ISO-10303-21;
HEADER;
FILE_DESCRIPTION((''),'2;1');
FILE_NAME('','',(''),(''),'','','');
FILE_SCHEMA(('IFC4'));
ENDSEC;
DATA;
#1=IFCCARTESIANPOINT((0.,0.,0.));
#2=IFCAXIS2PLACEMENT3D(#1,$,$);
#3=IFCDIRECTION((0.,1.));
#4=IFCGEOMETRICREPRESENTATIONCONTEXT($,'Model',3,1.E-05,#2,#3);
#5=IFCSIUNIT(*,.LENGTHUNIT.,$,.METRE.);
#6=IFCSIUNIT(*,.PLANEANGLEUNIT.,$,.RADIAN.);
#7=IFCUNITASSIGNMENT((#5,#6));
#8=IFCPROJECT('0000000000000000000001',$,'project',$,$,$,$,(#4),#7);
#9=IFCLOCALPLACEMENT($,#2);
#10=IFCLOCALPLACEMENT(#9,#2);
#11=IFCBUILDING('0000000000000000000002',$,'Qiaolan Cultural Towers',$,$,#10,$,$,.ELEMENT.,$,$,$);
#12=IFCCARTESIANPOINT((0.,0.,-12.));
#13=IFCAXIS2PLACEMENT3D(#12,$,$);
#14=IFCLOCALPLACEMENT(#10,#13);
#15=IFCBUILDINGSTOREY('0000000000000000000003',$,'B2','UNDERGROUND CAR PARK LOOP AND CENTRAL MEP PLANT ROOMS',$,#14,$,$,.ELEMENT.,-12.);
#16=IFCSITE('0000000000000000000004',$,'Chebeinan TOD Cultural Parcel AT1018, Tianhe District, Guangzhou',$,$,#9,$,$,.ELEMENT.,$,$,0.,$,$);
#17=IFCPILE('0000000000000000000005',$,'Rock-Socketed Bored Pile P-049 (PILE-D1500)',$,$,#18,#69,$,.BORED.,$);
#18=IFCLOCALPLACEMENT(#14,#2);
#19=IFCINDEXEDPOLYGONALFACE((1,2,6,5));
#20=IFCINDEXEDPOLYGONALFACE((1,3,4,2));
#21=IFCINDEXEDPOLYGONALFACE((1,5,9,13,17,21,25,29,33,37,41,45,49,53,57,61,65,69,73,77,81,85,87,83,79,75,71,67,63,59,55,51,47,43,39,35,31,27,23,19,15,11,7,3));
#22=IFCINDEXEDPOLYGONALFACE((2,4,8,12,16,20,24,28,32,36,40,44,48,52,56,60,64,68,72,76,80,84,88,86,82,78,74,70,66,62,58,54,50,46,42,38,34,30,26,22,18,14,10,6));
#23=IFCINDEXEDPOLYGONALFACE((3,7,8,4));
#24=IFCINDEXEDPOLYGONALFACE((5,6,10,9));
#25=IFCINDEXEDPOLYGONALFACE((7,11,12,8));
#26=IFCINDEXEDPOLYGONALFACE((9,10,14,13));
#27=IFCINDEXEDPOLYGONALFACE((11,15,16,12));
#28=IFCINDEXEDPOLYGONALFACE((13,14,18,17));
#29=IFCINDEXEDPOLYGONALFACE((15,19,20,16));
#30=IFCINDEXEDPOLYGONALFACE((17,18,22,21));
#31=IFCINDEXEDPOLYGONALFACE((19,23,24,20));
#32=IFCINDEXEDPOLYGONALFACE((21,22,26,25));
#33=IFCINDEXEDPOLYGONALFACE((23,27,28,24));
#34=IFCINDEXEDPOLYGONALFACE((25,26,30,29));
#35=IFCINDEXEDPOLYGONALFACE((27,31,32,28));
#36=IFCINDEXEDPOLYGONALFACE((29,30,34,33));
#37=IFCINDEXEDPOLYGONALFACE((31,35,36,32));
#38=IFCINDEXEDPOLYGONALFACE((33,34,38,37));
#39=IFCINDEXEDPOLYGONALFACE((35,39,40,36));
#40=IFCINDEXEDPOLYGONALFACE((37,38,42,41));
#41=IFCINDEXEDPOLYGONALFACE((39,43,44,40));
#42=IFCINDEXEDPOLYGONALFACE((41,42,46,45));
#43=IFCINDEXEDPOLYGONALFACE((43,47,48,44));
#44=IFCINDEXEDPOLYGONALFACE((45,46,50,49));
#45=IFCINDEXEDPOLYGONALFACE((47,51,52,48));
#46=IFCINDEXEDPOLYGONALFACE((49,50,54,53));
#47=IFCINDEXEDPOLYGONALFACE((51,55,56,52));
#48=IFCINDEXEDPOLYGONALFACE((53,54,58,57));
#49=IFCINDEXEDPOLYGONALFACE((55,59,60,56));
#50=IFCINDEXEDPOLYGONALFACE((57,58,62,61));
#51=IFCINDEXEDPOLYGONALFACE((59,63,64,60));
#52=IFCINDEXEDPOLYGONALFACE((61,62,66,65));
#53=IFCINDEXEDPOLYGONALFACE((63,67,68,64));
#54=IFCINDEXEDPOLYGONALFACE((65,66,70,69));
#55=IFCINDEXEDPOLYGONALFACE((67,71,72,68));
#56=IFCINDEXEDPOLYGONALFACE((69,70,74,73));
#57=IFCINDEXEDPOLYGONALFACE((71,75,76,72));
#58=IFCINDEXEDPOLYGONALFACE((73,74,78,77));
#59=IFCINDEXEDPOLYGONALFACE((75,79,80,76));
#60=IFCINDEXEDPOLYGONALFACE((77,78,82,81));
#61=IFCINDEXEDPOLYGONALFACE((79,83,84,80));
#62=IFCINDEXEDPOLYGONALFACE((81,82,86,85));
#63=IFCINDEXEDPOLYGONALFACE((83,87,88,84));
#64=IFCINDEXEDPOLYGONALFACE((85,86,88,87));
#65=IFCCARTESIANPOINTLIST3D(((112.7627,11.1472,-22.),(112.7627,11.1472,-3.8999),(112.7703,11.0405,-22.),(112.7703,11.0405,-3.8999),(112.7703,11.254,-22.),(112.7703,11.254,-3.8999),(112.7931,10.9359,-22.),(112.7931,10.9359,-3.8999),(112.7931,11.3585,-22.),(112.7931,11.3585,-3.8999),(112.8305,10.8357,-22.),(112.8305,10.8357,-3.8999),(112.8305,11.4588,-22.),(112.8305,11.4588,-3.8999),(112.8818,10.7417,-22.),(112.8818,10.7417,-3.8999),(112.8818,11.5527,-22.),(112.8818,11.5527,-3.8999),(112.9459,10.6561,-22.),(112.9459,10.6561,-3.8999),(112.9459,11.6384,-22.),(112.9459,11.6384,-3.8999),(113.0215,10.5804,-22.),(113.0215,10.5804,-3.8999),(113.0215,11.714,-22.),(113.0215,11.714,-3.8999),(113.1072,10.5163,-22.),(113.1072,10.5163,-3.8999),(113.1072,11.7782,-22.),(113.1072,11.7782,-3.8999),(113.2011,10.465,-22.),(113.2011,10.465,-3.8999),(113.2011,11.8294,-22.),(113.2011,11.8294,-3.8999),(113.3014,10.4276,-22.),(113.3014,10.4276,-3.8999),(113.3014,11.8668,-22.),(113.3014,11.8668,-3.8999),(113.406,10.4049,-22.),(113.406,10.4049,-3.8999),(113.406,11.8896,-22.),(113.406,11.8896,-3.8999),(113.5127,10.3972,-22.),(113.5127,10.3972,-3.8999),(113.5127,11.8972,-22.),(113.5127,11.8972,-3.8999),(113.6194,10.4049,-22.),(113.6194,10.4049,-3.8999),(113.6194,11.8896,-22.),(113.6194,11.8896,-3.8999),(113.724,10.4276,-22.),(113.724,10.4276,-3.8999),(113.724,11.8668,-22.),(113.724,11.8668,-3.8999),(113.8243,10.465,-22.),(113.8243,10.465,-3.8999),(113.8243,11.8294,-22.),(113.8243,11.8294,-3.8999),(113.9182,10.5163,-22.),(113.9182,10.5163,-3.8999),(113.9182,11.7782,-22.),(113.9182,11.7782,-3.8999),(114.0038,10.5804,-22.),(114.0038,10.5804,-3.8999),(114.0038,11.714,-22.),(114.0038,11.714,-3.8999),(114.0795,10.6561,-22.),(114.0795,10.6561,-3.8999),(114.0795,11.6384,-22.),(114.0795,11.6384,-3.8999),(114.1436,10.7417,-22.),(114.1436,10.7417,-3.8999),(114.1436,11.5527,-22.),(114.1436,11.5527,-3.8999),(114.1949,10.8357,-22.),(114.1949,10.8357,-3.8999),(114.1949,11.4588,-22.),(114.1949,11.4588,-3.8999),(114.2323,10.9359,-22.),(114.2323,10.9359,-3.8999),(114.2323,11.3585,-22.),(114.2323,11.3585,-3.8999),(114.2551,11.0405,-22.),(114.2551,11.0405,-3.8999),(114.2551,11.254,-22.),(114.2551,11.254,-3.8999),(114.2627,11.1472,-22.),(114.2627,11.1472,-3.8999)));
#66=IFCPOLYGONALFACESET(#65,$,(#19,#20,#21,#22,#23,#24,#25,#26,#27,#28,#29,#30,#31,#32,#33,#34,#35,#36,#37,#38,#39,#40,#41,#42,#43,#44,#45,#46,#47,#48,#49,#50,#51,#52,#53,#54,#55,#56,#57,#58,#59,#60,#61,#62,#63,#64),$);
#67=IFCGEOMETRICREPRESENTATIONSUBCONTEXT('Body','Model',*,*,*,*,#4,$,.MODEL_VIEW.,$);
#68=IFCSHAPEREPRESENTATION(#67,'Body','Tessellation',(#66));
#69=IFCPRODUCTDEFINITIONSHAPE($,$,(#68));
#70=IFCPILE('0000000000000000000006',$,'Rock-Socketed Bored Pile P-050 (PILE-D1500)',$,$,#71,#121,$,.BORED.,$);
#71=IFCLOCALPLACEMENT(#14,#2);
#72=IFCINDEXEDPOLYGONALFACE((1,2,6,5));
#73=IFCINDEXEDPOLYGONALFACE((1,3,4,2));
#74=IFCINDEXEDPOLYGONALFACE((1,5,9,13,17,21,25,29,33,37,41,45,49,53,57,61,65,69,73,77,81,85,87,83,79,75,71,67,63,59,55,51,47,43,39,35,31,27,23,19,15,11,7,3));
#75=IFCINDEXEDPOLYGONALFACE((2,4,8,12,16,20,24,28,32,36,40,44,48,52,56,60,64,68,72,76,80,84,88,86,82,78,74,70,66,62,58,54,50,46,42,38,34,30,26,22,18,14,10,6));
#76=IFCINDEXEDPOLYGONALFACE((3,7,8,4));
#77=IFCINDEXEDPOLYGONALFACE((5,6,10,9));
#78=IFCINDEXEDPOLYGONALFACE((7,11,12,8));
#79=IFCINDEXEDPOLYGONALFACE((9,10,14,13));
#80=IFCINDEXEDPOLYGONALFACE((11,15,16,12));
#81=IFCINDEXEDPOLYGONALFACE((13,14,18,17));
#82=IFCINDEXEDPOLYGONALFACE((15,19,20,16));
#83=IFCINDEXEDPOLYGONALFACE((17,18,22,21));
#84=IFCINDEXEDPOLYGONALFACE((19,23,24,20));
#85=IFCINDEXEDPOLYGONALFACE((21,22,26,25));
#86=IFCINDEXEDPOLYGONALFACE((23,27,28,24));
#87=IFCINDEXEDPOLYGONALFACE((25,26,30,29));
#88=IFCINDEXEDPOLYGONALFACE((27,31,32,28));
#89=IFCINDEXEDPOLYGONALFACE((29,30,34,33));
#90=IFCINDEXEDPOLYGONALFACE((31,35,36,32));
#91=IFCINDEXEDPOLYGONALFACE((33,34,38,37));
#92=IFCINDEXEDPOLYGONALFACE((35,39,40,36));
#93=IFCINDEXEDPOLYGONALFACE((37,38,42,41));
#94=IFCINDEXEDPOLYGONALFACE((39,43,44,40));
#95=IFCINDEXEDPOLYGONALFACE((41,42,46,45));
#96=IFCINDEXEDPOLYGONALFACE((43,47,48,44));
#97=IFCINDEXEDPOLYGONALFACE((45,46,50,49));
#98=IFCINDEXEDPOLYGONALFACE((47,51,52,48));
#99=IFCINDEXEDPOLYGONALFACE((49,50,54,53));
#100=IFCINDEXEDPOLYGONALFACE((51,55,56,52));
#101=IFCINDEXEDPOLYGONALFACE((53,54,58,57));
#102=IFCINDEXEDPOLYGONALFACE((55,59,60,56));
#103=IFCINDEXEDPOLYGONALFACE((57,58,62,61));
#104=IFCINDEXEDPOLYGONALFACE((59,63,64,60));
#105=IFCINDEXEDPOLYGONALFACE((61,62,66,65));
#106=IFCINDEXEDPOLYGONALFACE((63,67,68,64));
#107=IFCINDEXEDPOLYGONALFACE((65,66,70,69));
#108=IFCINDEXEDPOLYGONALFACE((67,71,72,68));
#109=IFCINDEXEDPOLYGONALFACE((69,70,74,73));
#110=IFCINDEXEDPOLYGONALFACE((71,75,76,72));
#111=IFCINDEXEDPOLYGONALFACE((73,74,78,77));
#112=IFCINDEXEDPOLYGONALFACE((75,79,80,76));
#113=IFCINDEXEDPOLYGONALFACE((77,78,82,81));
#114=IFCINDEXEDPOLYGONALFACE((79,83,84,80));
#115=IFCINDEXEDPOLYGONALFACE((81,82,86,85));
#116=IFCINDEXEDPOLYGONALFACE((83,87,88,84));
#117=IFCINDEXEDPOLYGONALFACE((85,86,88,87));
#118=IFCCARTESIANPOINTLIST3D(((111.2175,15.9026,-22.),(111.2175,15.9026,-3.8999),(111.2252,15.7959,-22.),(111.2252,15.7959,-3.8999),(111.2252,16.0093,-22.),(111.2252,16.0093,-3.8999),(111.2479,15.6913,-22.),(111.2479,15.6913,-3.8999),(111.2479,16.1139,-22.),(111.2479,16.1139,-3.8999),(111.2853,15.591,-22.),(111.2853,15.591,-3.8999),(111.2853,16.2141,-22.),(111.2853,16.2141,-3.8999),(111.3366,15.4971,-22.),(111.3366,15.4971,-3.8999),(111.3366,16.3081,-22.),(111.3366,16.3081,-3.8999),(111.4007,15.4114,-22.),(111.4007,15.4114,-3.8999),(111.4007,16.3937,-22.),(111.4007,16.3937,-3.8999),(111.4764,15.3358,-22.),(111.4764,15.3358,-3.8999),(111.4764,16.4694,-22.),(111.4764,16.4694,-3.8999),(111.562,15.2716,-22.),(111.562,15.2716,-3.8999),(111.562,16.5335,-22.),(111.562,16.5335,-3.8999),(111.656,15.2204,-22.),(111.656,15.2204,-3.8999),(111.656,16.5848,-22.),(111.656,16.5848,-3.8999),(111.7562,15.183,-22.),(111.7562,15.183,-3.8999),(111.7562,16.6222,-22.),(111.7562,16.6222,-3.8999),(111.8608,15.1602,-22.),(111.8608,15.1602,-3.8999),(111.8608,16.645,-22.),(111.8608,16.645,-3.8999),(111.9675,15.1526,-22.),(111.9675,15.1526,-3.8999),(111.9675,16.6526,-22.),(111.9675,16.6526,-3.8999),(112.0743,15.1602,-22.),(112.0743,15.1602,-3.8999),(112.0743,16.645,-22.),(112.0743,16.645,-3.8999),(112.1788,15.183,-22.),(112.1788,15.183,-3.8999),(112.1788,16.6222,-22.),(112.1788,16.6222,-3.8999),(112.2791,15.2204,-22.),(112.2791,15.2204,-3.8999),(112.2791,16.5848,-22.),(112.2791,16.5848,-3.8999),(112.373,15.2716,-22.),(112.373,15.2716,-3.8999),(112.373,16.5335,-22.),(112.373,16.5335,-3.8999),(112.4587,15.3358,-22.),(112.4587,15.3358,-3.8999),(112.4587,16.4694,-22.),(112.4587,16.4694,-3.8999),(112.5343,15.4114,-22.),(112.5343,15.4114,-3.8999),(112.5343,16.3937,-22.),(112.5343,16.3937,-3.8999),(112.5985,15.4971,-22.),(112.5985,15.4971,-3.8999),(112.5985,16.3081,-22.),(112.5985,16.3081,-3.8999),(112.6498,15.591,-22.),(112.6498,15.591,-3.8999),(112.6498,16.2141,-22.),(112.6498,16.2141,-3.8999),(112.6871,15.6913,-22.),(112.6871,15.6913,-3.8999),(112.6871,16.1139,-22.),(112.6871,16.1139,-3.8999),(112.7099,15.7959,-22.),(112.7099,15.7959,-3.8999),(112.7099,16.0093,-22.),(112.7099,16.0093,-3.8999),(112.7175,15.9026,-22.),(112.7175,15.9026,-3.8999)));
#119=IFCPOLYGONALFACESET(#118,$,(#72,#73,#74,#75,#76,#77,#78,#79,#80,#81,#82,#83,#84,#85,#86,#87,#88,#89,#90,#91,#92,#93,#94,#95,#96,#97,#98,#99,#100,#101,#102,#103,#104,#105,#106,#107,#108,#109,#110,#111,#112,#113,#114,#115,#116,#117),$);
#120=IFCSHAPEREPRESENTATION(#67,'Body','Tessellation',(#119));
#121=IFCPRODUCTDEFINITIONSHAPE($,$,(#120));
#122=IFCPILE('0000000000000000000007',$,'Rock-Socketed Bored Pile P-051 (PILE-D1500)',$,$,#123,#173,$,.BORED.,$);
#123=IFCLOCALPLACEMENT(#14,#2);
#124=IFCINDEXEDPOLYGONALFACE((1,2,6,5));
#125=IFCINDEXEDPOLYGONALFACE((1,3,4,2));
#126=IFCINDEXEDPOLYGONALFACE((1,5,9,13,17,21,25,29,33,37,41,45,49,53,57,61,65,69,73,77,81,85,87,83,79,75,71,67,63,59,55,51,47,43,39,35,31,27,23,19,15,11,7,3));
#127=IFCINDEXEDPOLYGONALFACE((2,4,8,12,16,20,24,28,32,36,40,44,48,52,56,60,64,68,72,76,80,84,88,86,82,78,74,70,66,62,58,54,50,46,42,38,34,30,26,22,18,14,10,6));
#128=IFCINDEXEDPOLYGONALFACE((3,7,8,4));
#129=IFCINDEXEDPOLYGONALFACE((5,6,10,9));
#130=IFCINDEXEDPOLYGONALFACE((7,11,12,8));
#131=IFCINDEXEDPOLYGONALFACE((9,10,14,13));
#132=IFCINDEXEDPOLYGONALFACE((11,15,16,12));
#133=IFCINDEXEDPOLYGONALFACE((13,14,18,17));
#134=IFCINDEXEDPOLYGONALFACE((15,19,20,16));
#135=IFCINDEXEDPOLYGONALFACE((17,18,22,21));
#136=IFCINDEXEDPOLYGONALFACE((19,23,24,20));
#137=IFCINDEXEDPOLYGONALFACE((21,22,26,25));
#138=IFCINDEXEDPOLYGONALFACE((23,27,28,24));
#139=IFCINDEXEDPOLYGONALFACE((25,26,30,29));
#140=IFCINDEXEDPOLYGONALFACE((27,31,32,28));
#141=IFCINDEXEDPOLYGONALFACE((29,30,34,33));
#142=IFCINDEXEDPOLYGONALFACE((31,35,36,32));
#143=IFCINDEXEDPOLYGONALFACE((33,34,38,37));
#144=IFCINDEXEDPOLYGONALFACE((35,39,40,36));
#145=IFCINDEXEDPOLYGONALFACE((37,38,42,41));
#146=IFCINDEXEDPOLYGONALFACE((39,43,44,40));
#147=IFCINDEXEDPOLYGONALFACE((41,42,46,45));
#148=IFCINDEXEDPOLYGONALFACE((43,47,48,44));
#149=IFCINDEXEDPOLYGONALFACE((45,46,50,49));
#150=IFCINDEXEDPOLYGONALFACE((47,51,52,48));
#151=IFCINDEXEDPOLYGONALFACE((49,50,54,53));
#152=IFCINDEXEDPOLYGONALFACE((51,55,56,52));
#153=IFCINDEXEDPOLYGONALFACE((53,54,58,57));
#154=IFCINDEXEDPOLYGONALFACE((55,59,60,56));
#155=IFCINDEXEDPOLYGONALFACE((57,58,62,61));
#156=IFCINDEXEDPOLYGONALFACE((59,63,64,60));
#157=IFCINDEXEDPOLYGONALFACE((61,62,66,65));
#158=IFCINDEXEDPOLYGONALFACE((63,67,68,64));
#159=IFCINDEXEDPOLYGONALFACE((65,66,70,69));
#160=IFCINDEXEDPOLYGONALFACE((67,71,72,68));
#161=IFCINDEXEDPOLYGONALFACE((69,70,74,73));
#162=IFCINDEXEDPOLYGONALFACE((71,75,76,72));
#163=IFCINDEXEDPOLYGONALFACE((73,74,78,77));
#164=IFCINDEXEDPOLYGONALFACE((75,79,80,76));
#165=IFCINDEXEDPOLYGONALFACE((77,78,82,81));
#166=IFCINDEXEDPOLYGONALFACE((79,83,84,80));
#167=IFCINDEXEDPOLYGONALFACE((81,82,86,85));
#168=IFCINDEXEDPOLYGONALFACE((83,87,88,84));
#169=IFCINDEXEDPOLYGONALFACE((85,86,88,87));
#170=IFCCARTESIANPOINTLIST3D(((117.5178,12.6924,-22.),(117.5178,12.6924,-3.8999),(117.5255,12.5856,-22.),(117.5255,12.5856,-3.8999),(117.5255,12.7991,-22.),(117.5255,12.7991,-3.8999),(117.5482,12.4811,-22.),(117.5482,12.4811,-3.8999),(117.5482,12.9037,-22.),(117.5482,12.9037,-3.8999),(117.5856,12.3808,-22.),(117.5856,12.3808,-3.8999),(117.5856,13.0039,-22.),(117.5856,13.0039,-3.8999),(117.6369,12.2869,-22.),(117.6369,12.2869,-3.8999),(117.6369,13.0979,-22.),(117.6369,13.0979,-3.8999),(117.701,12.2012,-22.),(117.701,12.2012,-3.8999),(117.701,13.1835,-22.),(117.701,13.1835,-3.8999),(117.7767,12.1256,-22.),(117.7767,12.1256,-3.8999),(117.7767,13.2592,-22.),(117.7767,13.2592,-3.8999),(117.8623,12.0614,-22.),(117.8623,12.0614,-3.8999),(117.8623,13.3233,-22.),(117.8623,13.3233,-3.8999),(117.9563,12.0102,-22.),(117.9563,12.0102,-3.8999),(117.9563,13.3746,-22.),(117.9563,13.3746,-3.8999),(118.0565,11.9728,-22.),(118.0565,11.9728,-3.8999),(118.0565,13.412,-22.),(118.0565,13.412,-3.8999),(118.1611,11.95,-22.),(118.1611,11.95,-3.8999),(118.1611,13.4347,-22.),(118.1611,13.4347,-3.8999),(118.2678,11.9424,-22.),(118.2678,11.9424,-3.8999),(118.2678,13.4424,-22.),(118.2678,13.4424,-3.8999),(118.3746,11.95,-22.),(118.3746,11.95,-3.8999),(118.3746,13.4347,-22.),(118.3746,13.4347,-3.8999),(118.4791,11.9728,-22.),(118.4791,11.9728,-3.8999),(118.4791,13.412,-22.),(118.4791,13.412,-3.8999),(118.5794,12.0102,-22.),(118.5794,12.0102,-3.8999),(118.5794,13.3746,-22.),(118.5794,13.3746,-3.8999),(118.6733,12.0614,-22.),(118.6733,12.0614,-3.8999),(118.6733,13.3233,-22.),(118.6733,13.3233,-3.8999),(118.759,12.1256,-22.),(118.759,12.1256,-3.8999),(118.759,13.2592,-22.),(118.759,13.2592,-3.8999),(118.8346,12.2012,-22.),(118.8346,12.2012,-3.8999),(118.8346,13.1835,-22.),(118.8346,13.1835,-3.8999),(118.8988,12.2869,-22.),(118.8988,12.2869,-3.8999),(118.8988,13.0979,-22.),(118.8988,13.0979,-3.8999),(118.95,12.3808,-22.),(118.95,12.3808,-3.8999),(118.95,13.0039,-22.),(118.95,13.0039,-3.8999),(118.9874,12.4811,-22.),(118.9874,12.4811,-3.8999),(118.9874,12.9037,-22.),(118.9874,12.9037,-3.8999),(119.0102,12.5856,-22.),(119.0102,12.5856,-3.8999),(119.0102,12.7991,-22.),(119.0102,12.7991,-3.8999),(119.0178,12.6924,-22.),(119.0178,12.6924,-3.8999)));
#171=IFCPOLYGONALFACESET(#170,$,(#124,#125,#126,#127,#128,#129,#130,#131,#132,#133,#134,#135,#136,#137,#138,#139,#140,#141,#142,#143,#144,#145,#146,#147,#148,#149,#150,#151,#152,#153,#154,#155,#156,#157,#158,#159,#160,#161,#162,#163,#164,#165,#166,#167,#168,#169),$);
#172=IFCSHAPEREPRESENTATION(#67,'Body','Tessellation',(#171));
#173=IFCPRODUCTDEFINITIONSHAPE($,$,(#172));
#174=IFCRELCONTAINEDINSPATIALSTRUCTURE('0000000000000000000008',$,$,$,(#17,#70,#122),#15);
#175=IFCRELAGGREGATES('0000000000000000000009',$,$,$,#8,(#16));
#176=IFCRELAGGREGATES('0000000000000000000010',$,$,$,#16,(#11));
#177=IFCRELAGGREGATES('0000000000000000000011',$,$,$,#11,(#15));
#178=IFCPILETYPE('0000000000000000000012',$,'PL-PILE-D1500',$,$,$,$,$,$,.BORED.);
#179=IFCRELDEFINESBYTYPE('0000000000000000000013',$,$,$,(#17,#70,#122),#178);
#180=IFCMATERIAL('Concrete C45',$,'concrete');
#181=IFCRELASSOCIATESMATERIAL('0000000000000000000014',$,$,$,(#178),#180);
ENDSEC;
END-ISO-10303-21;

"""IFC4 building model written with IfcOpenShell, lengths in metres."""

from ifc_helpers import new_model, si_unit, direction, frame, origin, origin_2d, place, context, subcontext, project, spatial, circle, extrude, material, material_profile, profile_set, type_object, element, save


model = new_model("IFC4")

# Units and contexts
model_context = context("Model", 3, precision=1e-05, world=origin(), true_north=direction((0.0, 1.0)))
body_context = subcontext(model_context, "Body", "Model", "MODEL_VIEW")
ifc_project = project(units=[si_unit("LENGTHUNIT", "METRE"), si_unit("PLANEANGLEUNIT", "RADIAN")], contexts=[model_context])

# Site, building, storey
site_placement = place(None, origin())
site = spatial("IfcSite", under=ifc_project, at=site_placement, Name="Chebeinan TOD Cultural Parcel AT1018, Tianhe District, Guangzhou", CompositionType="ELEMENT", RefElevation=0.0)
building_placement = place(site_placement, origin())
building = spatial("IfcBuilding", under=site, at=building_placement, Name="Qiaolan Cultural Towers", CompositionType="ELEMENT")
storey_placement = place(building_placement, frame((0.0, 0.0, -12.0)))
storey = spatial("IfcBuildingStorey", under=building, at=storey_placement, Name="B2", Description="UNDERGROUND CAR PARK LOOP AND CENTRAL MEP PLANT ROOMS", CompositionType="ELEMENT", Elevation=-12.0)

# Piles
ifc_material_1 = material(Name="Concrete C45", Category="concrete")
ifc_material_profile_1 = material_profile(ifc_material_1, circle(Radius=0.75, at=origin_2d()), Name="PILE-D1500")
ifc_profile_set_1 = profile_set([ifc_material_profile_1], Name="Concrete C45")
pile_type_1 = type_object("IfcPileType", Name="PL-PILE-D1500", PredefinedType="BORED", material=ifc_profile_set_1)
for number, where, z_axis, x_axis, name in (
    (1, (113.5127, 11.1472, -3.8999), (0.0, 0.0, -1.0), (1.0, 0.0, 0.0), "Rock-Socketed Bored Pile P-049 (PILE-D1500)"),
    (2, (111.9675, 15.9026, -3.8999), (0.0, 0.0, -1.0), (1.0, 0.0, 0.0), "Rock-Socketed Bored Pile P-050 (PILE-D1500)"),
    (3, (118.2678, 12.6924, -3.8999), (0.0, 0.0, -1.0), (1.0, 0.0, 0.0), "Rock-Socketed Bored Pile P-051 (PILE-D1500)"),
):
    element("IfcPile", number, at=place(storey_placement, frame(where, z_axis=z_axis, x_axis=x_axis)), inside=storey, type_object=pile_type_1, Name=name, PredefinedType="BORED", context=body_context, shape_type="SweptSolid", body=[
        extrude(circle(Radius=0.75, at=origin_2d()), origin(), (0.0, 0.0, 1.0), 18.1001),
    ])

save(model, "model.ifc")
